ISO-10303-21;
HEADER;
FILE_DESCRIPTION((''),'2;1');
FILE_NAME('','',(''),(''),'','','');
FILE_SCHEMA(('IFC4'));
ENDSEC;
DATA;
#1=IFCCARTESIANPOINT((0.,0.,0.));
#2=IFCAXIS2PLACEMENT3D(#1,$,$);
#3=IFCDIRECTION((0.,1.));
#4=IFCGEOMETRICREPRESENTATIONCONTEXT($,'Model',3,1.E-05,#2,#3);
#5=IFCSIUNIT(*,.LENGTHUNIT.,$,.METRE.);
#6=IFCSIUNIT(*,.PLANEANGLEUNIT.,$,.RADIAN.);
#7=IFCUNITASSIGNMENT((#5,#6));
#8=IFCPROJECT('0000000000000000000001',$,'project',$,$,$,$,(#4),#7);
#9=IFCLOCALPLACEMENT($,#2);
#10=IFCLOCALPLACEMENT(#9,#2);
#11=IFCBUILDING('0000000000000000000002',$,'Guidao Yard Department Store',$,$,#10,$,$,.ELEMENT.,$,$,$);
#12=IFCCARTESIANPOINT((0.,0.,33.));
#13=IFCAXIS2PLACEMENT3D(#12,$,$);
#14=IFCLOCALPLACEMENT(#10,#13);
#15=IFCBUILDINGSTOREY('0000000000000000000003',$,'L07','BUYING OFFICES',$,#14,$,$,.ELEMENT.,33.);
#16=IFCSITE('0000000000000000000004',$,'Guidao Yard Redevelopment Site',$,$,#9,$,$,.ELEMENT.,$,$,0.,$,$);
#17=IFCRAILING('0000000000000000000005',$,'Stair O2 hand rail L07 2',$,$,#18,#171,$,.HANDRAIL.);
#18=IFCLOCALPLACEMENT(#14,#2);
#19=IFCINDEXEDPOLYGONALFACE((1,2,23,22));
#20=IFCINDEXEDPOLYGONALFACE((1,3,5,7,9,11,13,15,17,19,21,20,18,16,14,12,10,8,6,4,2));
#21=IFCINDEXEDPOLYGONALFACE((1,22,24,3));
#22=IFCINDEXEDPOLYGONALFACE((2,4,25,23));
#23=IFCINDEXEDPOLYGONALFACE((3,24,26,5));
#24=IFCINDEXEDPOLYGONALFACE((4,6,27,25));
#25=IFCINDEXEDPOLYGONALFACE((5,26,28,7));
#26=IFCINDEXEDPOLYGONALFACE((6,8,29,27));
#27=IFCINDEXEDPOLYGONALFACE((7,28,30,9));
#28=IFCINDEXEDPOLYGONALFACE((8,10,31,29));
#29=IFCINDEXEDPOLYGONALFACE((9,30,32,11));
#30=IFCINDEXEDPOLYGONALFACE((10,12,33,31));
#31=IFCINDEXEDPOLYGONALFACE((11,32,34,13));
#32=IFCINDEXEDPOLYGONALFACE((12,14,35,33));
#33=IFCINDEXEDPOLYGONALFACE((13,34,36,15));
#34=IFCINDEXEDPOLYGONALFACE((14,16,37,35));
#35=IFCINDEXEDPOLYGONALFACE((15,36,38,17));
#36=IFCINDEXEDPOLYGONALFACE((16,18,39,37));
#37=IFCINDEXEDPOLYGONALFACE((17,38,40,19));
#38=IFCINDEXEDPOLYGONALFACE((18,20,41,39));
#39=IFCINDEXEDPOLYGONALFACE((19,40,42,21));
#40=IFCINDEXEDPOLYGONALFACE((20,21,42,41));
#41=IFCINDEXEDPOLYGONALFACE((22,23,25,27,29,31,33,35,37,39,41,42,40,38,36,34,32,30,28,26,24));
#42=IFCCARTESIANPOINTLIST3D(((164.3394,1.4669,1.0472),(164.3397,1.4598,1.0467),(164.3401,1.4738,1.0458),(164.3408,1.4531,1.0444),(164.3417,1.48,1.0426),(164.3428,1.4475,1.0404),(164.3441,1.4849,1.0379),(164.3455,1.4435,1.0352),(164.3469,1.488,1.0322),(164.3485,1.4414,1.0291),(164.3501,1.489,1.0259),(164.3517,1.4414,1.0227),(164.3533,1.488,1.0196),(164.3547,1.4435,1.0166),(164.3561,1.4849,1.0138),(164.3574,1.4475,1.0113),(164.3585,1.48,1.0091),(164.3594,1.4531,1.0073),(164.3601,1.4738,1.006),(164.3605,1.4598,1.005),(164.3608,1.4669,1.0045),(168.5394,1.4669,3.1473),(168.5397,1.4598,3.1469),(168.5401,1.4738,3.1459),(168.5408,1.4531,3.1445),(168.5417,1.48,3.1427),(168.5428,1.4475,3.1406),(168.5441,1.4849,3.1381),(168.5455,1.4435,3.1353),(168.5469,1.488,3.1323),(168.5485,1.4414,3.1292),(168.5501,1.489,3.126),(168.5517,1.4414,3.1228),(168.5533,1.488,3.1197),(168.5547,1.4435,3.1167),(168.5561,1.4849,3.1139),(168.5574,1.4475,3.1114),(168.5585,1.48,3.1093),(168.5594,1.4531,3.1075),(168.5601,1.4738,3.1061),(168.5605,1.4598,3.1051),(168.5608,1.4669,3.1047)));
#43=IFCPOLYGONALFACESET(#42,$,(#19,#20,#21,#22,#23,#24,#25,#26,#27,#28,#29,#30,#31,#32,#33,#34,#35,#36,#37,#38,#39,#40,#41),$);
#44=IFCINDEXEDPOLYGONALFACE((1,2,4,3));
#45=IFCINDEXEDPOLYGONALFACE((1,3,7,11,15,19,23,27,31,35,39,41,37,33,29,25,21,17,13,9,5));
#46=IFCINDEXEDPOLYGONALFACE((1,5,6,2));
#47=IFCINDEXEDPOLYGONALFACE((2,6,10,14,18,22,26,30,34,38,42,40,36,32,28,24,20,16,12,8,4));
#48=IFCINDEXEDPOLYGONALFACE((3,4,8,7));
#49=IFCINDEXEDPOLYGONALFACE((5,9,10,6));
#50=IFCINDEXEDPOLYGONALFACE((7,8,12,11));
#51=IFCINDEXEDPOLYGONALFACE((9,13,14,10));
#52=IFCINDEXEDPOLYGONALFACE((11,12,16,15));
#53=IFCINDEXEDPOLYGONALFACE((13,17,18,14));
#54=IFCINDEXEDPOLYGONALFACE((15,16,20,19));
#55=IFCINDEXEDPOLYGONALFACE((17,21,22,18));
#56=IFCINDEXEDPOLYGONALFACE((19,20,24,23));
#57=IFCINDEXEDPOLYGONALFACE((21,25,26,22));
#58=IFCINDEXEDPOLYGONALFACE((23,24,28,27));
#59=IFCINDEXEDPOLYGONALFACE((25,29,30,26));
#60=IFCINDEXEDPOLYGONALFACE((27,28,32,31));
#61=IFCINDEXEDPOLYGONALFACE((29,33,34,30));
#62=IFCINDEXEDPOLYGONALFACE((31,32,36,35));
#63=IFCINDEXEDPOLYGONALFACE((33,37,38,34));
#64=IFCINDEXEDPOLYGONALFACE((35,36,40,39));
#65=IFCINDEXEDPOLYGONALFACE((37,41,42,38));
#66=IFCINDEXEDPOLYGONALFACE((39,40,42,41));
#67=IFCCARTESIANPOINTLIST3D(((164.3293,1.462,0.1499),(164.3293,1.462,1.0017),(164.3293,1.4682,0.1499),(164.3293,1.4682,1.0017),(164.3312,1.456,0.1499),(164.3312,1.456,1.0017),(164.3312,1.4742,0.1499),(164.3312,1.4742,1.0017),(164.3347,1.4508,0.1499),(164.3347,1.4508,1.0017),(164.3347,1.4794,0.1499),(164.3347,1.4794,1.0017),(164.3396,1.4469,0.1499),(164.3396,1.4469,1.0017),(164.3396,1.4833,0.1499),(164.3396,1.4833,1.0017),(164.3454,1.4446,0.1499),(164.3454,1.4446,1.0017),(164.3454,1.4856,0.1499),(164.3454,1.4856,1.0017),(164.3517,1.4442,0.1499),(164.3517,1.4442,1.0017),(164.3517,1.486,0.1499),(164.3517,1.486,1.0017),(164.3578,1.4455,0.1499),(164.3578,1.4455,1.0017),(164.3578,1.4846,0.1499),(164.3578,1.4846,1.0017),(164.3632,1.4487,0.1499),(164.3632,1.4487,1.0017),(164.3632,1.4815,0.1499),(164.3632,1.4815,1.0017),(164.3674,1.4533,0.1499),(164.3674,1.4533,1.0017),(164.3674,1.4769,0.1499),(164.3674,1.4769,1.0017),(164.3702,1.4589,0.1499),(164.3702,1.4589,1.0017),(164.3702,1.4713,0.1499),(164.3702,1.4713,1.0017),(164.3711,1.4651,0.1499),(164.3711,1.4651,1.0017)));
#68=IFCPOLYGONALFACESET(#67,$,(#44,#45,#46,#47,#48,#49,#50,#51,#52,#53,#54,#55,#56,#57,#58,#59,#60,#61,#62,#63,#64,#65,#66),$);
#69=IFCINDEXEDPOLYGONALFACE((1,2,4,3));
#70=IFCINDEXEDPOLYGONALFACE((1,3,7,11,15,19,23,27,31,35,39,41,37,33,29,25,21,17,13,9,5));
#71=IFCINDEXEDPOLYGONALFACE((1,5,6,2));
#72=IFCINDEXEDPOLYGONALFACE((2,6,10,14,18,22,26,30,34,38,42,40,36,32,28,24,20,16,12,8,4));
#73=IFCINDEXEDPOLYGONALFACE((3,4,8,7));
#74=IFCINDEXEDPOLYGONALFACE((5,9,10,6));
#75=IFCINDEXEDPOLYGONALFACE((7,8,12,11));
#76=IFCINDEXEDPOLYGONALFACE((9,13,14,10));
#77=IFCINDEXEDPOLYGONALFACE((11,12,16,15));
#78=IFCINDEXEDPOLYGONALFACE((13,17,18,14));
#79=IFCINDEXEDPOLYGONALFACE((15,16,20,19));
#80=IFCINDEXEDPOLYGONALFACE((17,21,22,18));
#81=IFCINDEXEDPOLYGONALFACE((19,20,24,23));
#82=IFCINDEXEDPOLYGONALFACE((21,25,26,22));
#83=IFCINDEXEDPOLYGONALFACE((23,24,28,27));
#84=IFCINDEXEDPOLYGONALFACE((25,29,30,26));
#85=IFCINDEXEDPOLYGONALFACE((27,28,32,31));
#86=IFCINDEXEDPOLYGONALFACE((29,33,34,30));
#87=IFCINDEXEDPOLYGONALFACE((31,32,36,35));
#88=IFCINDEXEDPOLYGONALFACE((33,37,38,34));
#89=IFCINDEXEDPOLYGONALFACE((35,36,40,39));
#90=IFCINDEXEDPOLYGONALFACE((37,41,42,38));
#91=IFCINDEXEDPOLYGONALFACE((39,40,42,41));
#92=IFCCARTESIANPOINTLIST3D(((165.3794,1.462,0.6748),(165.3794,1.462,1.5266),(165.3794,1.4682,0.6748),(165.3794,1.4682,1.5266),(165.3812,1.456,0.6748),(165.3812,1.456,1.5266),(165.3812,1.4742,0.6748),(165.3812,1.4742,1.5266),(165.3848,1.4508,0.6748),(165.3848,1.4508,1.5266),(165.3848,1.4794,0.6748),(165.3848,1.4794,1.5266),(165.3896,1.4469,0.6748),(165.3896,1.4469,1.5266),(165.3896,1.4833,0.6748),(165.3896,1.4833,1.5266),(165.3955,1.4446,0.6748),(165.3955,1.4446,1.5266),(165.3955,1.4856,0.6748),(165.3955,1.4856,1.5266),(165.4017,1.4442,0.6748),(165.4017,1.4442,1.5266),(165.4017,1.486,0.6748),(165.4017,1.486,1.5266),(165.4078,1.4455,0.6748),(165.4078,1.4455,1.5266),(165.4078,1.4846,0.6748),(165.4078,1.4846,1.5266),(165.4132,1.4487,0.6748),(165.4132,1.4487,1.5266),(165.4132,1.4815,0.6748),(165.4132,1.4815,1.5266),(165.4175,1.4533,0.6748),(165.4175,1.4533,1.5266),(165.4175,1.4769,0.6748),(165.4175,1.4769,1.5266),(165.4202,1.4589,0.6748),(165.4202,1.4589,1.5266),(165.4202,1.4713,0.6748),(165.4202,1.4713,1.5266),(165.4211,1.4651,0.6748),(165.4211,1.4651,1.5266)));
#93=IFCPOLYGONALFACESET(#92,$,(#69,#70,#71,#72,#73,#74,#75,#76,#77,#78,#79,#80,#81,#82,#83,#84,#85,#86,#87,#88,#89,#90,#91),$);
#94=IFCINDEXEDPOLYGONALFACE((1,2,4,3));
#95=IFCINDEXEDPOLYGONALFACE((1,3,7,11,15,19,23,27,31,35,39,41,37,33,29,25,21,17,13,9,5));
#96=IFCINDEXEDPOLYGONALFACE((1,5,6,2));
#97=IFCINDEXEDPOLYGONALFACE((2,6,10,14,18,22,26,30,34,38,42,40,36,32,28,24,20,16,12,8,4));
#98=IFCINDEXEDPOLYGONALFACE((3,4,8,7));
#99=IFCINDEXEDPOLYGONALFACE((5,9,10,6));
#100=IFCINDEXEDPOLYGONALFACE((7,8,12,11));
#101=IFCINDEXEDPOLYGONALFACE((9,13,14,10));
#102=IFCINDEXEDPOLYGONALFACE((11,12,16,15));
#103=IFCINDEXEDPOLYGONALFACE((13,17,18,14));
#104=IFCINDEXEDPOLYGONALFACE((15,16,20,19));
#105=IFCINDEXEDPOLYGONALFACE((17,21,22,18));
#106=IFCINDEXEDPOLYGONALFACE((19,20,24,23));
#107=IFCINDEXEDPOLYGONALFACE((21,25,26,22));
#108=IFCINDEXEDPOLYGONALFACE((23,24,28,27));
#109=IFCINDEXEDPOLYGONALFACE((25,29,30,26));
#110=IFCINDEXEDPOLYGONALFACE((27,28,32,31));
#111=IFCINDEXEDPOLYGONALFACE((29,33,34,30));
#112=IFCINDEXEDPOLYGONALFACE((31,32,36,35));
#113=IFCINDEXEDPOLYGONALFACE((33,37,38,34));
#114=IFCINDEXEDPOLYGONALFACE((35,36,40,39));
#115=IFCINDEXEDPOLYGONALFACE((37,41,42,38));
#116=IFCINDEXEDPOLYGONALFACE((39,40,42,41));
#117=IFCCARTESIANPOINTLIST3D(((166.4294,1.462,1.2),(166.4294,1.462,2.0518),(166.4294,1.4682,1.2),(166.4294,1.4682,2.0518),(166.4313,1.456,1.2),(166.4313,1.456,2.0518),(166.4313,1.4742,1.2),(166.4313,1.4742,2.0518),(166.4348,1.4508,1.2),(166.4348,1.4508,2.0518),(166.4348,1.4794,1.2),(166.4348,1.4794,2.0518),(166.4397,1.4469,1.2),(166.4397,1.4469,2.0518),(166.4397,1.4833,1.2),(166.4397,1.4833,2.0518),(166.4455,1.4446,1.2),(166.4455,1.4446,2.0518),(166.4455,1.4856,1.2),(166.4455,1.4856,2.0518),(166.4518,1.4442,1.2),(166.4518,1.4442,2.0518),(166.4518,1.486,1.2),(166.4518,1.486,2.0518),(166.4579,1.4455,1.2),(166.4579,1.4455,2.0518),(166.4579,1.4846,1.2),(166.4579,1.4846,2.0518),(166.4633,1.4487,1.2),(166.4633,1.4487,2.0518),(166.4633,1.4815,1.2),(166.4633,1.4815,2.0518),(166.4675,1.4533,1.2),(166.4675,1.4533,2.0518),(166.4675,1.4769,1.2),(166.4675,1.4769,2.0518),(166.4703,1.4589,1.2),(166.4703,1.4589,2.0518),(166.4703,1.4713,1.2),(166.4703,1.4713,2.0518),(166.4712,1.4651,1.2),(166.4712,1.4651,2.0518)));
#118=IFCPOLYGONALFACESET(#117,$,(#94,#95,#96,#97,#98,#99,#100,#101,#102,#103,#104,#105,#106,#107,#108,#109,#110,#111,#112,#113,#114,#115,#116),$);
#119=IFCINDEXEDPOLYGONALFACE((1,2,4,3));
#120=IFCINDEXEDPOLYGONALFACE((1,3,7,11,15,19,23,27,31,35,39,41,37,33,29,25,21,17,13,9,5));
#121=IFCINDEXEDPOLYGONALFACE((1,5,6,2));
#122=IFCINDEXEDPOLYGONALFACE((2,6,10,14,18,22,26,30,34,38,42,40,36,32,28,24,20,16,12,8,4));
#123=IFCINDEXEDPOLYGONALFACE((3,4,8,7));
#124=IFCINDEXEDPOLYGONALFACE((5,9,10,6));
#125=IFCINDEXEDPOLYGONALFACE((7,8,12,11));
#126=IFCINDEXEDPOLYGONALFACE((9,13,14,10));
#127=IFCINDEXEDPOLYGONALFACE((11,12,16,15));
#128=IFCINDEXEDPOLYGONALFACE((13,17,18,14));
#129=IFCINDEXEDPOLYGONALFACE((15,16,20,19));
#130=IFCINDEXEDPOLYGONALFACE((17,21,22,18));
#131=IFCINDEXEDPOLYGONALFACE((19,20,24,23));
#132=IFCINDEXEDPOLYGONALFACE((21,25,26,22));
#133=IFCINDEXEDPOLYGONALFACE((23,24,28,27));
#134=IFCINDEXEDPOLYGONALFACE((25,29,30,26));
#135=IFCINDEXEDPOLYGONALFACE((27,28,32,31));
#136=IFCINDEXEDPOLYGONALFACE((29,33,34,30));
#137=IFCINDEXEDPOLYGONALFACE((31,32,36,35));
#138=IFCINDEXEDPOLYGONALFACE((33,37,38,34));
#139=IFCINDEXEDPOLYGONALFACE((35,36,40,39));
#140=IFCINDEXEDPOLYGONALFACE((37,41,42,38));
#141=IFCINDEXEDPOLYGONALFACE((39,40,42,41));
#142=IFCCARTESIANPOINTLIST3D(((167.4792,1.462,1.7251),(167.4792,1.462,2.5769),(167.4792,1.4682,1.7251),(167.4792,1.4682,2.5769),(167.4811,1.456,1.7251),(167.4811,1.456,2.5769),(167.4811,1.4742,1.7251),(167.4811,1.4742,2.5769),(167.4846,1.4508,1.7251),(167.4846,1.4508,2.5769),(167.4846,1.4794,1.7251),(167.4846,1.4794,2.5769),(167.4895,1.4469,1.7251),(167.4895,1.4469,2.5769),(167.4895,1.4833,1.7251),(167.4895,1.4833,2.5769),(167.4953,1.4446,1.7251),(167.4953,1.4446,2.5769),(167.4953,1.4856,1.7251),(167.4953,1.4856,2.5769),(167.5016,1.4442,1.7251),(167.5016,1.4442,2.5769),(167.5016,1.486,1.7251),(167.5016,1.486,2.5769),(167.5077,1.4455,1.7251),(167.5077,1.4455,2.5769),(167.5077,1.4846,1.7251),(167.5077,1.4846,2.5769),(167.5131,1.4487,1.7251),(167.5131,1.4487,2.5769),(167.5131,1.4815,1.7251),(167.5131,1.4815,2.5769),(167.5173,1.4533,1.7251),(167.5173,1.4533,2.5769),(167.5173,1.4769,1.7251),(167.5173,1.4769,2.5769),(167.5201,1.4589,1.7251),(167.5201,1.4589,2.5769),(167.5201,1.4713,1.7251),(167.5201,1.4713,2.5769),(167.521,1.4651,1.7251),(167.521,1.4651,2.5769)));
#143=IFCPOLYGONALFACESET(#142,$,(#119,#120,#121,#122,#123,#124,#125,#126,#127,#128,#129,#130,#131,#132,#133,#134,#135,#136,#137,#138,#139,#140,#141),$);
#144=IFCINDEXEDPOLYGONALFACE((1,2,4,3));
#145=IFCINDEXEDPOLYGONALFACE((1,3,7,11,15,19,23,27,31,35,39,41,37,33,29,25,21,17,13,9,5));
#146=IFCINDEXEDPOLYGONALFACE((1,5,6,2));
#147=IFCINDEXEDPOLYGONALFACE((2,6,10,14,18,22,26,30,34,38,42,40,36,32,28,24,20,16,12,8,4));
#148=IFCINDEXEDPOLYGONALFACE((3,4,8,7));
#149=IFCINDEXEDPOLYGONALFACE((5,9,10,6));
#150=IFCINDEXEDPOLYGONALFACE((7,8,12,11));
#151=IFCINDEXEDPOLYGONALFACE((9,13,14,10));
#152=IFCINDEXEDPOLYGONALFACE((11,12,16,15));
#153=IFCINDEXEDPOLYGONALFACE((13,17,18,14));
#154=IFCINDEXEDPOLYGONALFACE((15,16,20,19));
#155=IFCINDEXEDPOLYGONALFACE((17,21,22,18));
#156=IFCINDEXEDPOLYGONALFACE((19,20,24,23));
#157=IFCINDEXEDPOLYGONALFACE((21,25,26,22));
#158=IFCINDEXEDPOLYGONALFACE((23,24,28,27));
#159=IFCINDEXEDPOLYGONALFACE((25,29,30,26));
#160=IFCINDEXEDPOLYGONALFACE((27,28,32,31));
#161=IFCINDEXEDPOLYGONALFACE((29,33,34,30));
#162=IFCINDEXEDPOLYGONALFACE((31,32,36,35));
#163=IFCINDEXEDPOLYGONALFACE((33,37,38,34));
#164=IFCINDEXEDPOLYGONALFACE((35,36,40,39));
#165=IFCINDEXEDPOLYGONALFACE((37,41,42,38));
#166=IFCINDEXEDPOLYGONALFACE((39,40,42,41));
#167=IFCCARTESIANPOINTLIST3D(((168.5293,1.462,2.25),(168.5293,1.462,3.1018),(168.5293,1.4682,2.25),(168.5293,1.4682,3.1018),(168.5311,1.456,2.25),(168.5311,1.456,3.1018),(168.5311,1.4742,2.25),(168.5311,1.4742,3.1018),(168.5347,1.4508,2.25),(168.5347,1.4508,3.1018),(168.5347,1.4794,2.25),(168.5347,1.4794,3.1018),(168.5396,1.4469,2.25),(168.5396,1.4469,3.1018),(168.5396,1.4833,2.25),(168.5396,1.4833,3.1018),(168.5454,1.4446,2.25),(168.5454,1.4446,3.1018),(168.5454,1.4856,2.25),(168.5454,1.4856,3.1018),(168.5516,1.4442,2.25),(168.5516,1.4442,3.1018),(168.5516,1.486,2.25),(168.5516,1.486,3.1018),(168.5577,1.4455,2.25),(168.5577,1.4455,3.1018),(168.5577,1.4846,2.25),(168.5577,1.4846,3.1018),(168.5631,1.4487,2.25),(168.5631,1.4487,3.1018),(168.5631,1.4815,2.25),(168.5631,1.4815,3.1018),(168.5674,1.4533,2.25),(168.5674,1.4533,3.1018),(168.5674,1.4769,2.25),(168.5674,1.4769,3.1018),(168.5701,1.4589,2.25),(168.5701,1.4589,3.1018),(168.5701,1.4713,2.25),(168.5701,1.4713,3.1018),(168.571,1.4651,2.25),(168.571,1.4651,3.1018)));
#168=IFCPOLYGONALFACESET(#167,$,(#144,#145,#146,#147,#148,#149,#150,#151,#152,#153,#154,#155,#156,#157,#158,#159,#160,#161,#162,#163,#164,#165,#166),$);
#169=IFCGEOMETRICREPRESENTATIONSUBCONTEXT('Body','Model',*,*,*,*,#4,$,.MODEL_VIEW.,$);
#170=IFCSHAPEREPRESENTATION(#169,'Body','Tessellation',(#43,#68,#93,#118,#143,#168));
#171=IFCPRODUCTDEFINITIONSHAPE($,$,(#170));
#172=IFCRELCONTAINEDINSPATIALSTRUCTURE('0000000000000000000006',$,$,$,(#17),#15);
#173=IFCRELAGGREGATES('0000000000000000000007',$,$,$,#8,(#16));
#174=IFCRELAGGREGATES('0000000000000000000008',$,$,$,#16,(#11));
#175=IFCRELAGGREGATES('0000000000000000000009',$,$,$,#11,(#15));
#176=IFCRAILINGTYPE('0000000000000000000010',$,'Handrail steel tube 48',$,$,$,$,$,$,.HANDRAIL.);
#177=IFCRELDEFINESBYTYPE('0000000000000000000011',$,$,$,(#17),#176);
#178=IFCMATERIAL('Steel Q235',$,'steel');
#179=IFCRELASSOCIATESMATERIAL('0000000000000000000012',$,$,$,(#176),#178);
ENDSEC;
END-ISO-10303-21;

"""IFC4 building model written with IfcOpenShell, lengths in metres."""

from ifc_helpers import new_model, si_unit, direction, frame, origin, origin_2d, place, context, subcontext, project, spatial, circle, extrude, material, type_object, element, save


model = new_model("IFC4")

# Units and contexts
model_context = context("Model", 3, precision=1e-05, world=origin(), true_north=direction((0.0, 1.0)))
body_context = subcontext(model_context, "Body", "Model", "MODEL_VIEW")
ifc_project = project(units=[si_unit("LENGTHUNIT", "METRE"), si_unit("PLANEANGLEUNIT", "RADIAN")], contexts=[model_context])

# Site, building, storey
site_placement = place(None, origin())
site = spatial("IfcSite", under=ifc_project, at=site_placement, Name="Guidao Yard Redevelopment Site", CompositionType="ELEMENT", RefElevation=0.0)
building_placement = place(site_placement, origin())
building = spatial("IfcBuilding", under=site, at=building_placement, Name="Guidao Yard Department Store", CompositionType="ELEMENT")
storey_placement = place(building_placement, frame((0.0, 0.0, 33.0)))
storey = spatial("IfcBuildingStorey", under=building, at=storey_placement, Name="L07", Description="BUYING OFFICES", CompositionType="ELEMENT", Elevation=33.0)

# Railing
ifc_material_1 = material(Name="Steel Q235", Category="steel")
railing_type_1 = type_object("IfcRailingType", Name="Handrail steel tube 48", PredefinedType="HANDRAIL", material=ifc_material_1)
railing_1_placement = place(storey_placement, frame((164.3501, 1.4651, 0.1499)))
element("IfcRailing", 1, at=railing_1_placement, inside=storey, type_object=railing_type_1, Name="Stair O2 hand rail L07 2", PredefinedType="HANDRAIL", context=body_context, shape_type="SweptSolid", body=[
    extrude(circle(Radius=0.0239, at=origin_2d()), frame((0.0, 0.0, 0.876), z_axis=(0.894417, 0.0, 0.447234), x_axis=(0.0, 1.0, 0.0)), (0.0, 0.0, 1.0), 4.6958),
    extrude(circle(Radius=0.021, at=origin_2d()), origin(), (0.0, 0.0, 1.0), 0.8518),
    extrude(circle(Radius=0.021, at=origin_2d()), frame((1.05, 0.0, 0.5249)), (0.0, 0.0, 1.0), 0.8518),
    extrude(circle(Radius=0.021, at=origin_2d()), frame((2.1001, 0.0, 1.05)), (0.0, 0.0, 1.0), 0.8518),
    extrude(circle(Radius=0.021, at=origin_2d()), frame((3.1499, 0.0, 1.5752)), (0.0, 0.0, 1.0), 0.8518),
    extrude(circle(Radius=0.021, at=origin_2d()), frame((4.2, 0.0, 2.1001)), (0.0, 0.0, 1.0), 0.8518),
])

save(model, "model.ifc")
